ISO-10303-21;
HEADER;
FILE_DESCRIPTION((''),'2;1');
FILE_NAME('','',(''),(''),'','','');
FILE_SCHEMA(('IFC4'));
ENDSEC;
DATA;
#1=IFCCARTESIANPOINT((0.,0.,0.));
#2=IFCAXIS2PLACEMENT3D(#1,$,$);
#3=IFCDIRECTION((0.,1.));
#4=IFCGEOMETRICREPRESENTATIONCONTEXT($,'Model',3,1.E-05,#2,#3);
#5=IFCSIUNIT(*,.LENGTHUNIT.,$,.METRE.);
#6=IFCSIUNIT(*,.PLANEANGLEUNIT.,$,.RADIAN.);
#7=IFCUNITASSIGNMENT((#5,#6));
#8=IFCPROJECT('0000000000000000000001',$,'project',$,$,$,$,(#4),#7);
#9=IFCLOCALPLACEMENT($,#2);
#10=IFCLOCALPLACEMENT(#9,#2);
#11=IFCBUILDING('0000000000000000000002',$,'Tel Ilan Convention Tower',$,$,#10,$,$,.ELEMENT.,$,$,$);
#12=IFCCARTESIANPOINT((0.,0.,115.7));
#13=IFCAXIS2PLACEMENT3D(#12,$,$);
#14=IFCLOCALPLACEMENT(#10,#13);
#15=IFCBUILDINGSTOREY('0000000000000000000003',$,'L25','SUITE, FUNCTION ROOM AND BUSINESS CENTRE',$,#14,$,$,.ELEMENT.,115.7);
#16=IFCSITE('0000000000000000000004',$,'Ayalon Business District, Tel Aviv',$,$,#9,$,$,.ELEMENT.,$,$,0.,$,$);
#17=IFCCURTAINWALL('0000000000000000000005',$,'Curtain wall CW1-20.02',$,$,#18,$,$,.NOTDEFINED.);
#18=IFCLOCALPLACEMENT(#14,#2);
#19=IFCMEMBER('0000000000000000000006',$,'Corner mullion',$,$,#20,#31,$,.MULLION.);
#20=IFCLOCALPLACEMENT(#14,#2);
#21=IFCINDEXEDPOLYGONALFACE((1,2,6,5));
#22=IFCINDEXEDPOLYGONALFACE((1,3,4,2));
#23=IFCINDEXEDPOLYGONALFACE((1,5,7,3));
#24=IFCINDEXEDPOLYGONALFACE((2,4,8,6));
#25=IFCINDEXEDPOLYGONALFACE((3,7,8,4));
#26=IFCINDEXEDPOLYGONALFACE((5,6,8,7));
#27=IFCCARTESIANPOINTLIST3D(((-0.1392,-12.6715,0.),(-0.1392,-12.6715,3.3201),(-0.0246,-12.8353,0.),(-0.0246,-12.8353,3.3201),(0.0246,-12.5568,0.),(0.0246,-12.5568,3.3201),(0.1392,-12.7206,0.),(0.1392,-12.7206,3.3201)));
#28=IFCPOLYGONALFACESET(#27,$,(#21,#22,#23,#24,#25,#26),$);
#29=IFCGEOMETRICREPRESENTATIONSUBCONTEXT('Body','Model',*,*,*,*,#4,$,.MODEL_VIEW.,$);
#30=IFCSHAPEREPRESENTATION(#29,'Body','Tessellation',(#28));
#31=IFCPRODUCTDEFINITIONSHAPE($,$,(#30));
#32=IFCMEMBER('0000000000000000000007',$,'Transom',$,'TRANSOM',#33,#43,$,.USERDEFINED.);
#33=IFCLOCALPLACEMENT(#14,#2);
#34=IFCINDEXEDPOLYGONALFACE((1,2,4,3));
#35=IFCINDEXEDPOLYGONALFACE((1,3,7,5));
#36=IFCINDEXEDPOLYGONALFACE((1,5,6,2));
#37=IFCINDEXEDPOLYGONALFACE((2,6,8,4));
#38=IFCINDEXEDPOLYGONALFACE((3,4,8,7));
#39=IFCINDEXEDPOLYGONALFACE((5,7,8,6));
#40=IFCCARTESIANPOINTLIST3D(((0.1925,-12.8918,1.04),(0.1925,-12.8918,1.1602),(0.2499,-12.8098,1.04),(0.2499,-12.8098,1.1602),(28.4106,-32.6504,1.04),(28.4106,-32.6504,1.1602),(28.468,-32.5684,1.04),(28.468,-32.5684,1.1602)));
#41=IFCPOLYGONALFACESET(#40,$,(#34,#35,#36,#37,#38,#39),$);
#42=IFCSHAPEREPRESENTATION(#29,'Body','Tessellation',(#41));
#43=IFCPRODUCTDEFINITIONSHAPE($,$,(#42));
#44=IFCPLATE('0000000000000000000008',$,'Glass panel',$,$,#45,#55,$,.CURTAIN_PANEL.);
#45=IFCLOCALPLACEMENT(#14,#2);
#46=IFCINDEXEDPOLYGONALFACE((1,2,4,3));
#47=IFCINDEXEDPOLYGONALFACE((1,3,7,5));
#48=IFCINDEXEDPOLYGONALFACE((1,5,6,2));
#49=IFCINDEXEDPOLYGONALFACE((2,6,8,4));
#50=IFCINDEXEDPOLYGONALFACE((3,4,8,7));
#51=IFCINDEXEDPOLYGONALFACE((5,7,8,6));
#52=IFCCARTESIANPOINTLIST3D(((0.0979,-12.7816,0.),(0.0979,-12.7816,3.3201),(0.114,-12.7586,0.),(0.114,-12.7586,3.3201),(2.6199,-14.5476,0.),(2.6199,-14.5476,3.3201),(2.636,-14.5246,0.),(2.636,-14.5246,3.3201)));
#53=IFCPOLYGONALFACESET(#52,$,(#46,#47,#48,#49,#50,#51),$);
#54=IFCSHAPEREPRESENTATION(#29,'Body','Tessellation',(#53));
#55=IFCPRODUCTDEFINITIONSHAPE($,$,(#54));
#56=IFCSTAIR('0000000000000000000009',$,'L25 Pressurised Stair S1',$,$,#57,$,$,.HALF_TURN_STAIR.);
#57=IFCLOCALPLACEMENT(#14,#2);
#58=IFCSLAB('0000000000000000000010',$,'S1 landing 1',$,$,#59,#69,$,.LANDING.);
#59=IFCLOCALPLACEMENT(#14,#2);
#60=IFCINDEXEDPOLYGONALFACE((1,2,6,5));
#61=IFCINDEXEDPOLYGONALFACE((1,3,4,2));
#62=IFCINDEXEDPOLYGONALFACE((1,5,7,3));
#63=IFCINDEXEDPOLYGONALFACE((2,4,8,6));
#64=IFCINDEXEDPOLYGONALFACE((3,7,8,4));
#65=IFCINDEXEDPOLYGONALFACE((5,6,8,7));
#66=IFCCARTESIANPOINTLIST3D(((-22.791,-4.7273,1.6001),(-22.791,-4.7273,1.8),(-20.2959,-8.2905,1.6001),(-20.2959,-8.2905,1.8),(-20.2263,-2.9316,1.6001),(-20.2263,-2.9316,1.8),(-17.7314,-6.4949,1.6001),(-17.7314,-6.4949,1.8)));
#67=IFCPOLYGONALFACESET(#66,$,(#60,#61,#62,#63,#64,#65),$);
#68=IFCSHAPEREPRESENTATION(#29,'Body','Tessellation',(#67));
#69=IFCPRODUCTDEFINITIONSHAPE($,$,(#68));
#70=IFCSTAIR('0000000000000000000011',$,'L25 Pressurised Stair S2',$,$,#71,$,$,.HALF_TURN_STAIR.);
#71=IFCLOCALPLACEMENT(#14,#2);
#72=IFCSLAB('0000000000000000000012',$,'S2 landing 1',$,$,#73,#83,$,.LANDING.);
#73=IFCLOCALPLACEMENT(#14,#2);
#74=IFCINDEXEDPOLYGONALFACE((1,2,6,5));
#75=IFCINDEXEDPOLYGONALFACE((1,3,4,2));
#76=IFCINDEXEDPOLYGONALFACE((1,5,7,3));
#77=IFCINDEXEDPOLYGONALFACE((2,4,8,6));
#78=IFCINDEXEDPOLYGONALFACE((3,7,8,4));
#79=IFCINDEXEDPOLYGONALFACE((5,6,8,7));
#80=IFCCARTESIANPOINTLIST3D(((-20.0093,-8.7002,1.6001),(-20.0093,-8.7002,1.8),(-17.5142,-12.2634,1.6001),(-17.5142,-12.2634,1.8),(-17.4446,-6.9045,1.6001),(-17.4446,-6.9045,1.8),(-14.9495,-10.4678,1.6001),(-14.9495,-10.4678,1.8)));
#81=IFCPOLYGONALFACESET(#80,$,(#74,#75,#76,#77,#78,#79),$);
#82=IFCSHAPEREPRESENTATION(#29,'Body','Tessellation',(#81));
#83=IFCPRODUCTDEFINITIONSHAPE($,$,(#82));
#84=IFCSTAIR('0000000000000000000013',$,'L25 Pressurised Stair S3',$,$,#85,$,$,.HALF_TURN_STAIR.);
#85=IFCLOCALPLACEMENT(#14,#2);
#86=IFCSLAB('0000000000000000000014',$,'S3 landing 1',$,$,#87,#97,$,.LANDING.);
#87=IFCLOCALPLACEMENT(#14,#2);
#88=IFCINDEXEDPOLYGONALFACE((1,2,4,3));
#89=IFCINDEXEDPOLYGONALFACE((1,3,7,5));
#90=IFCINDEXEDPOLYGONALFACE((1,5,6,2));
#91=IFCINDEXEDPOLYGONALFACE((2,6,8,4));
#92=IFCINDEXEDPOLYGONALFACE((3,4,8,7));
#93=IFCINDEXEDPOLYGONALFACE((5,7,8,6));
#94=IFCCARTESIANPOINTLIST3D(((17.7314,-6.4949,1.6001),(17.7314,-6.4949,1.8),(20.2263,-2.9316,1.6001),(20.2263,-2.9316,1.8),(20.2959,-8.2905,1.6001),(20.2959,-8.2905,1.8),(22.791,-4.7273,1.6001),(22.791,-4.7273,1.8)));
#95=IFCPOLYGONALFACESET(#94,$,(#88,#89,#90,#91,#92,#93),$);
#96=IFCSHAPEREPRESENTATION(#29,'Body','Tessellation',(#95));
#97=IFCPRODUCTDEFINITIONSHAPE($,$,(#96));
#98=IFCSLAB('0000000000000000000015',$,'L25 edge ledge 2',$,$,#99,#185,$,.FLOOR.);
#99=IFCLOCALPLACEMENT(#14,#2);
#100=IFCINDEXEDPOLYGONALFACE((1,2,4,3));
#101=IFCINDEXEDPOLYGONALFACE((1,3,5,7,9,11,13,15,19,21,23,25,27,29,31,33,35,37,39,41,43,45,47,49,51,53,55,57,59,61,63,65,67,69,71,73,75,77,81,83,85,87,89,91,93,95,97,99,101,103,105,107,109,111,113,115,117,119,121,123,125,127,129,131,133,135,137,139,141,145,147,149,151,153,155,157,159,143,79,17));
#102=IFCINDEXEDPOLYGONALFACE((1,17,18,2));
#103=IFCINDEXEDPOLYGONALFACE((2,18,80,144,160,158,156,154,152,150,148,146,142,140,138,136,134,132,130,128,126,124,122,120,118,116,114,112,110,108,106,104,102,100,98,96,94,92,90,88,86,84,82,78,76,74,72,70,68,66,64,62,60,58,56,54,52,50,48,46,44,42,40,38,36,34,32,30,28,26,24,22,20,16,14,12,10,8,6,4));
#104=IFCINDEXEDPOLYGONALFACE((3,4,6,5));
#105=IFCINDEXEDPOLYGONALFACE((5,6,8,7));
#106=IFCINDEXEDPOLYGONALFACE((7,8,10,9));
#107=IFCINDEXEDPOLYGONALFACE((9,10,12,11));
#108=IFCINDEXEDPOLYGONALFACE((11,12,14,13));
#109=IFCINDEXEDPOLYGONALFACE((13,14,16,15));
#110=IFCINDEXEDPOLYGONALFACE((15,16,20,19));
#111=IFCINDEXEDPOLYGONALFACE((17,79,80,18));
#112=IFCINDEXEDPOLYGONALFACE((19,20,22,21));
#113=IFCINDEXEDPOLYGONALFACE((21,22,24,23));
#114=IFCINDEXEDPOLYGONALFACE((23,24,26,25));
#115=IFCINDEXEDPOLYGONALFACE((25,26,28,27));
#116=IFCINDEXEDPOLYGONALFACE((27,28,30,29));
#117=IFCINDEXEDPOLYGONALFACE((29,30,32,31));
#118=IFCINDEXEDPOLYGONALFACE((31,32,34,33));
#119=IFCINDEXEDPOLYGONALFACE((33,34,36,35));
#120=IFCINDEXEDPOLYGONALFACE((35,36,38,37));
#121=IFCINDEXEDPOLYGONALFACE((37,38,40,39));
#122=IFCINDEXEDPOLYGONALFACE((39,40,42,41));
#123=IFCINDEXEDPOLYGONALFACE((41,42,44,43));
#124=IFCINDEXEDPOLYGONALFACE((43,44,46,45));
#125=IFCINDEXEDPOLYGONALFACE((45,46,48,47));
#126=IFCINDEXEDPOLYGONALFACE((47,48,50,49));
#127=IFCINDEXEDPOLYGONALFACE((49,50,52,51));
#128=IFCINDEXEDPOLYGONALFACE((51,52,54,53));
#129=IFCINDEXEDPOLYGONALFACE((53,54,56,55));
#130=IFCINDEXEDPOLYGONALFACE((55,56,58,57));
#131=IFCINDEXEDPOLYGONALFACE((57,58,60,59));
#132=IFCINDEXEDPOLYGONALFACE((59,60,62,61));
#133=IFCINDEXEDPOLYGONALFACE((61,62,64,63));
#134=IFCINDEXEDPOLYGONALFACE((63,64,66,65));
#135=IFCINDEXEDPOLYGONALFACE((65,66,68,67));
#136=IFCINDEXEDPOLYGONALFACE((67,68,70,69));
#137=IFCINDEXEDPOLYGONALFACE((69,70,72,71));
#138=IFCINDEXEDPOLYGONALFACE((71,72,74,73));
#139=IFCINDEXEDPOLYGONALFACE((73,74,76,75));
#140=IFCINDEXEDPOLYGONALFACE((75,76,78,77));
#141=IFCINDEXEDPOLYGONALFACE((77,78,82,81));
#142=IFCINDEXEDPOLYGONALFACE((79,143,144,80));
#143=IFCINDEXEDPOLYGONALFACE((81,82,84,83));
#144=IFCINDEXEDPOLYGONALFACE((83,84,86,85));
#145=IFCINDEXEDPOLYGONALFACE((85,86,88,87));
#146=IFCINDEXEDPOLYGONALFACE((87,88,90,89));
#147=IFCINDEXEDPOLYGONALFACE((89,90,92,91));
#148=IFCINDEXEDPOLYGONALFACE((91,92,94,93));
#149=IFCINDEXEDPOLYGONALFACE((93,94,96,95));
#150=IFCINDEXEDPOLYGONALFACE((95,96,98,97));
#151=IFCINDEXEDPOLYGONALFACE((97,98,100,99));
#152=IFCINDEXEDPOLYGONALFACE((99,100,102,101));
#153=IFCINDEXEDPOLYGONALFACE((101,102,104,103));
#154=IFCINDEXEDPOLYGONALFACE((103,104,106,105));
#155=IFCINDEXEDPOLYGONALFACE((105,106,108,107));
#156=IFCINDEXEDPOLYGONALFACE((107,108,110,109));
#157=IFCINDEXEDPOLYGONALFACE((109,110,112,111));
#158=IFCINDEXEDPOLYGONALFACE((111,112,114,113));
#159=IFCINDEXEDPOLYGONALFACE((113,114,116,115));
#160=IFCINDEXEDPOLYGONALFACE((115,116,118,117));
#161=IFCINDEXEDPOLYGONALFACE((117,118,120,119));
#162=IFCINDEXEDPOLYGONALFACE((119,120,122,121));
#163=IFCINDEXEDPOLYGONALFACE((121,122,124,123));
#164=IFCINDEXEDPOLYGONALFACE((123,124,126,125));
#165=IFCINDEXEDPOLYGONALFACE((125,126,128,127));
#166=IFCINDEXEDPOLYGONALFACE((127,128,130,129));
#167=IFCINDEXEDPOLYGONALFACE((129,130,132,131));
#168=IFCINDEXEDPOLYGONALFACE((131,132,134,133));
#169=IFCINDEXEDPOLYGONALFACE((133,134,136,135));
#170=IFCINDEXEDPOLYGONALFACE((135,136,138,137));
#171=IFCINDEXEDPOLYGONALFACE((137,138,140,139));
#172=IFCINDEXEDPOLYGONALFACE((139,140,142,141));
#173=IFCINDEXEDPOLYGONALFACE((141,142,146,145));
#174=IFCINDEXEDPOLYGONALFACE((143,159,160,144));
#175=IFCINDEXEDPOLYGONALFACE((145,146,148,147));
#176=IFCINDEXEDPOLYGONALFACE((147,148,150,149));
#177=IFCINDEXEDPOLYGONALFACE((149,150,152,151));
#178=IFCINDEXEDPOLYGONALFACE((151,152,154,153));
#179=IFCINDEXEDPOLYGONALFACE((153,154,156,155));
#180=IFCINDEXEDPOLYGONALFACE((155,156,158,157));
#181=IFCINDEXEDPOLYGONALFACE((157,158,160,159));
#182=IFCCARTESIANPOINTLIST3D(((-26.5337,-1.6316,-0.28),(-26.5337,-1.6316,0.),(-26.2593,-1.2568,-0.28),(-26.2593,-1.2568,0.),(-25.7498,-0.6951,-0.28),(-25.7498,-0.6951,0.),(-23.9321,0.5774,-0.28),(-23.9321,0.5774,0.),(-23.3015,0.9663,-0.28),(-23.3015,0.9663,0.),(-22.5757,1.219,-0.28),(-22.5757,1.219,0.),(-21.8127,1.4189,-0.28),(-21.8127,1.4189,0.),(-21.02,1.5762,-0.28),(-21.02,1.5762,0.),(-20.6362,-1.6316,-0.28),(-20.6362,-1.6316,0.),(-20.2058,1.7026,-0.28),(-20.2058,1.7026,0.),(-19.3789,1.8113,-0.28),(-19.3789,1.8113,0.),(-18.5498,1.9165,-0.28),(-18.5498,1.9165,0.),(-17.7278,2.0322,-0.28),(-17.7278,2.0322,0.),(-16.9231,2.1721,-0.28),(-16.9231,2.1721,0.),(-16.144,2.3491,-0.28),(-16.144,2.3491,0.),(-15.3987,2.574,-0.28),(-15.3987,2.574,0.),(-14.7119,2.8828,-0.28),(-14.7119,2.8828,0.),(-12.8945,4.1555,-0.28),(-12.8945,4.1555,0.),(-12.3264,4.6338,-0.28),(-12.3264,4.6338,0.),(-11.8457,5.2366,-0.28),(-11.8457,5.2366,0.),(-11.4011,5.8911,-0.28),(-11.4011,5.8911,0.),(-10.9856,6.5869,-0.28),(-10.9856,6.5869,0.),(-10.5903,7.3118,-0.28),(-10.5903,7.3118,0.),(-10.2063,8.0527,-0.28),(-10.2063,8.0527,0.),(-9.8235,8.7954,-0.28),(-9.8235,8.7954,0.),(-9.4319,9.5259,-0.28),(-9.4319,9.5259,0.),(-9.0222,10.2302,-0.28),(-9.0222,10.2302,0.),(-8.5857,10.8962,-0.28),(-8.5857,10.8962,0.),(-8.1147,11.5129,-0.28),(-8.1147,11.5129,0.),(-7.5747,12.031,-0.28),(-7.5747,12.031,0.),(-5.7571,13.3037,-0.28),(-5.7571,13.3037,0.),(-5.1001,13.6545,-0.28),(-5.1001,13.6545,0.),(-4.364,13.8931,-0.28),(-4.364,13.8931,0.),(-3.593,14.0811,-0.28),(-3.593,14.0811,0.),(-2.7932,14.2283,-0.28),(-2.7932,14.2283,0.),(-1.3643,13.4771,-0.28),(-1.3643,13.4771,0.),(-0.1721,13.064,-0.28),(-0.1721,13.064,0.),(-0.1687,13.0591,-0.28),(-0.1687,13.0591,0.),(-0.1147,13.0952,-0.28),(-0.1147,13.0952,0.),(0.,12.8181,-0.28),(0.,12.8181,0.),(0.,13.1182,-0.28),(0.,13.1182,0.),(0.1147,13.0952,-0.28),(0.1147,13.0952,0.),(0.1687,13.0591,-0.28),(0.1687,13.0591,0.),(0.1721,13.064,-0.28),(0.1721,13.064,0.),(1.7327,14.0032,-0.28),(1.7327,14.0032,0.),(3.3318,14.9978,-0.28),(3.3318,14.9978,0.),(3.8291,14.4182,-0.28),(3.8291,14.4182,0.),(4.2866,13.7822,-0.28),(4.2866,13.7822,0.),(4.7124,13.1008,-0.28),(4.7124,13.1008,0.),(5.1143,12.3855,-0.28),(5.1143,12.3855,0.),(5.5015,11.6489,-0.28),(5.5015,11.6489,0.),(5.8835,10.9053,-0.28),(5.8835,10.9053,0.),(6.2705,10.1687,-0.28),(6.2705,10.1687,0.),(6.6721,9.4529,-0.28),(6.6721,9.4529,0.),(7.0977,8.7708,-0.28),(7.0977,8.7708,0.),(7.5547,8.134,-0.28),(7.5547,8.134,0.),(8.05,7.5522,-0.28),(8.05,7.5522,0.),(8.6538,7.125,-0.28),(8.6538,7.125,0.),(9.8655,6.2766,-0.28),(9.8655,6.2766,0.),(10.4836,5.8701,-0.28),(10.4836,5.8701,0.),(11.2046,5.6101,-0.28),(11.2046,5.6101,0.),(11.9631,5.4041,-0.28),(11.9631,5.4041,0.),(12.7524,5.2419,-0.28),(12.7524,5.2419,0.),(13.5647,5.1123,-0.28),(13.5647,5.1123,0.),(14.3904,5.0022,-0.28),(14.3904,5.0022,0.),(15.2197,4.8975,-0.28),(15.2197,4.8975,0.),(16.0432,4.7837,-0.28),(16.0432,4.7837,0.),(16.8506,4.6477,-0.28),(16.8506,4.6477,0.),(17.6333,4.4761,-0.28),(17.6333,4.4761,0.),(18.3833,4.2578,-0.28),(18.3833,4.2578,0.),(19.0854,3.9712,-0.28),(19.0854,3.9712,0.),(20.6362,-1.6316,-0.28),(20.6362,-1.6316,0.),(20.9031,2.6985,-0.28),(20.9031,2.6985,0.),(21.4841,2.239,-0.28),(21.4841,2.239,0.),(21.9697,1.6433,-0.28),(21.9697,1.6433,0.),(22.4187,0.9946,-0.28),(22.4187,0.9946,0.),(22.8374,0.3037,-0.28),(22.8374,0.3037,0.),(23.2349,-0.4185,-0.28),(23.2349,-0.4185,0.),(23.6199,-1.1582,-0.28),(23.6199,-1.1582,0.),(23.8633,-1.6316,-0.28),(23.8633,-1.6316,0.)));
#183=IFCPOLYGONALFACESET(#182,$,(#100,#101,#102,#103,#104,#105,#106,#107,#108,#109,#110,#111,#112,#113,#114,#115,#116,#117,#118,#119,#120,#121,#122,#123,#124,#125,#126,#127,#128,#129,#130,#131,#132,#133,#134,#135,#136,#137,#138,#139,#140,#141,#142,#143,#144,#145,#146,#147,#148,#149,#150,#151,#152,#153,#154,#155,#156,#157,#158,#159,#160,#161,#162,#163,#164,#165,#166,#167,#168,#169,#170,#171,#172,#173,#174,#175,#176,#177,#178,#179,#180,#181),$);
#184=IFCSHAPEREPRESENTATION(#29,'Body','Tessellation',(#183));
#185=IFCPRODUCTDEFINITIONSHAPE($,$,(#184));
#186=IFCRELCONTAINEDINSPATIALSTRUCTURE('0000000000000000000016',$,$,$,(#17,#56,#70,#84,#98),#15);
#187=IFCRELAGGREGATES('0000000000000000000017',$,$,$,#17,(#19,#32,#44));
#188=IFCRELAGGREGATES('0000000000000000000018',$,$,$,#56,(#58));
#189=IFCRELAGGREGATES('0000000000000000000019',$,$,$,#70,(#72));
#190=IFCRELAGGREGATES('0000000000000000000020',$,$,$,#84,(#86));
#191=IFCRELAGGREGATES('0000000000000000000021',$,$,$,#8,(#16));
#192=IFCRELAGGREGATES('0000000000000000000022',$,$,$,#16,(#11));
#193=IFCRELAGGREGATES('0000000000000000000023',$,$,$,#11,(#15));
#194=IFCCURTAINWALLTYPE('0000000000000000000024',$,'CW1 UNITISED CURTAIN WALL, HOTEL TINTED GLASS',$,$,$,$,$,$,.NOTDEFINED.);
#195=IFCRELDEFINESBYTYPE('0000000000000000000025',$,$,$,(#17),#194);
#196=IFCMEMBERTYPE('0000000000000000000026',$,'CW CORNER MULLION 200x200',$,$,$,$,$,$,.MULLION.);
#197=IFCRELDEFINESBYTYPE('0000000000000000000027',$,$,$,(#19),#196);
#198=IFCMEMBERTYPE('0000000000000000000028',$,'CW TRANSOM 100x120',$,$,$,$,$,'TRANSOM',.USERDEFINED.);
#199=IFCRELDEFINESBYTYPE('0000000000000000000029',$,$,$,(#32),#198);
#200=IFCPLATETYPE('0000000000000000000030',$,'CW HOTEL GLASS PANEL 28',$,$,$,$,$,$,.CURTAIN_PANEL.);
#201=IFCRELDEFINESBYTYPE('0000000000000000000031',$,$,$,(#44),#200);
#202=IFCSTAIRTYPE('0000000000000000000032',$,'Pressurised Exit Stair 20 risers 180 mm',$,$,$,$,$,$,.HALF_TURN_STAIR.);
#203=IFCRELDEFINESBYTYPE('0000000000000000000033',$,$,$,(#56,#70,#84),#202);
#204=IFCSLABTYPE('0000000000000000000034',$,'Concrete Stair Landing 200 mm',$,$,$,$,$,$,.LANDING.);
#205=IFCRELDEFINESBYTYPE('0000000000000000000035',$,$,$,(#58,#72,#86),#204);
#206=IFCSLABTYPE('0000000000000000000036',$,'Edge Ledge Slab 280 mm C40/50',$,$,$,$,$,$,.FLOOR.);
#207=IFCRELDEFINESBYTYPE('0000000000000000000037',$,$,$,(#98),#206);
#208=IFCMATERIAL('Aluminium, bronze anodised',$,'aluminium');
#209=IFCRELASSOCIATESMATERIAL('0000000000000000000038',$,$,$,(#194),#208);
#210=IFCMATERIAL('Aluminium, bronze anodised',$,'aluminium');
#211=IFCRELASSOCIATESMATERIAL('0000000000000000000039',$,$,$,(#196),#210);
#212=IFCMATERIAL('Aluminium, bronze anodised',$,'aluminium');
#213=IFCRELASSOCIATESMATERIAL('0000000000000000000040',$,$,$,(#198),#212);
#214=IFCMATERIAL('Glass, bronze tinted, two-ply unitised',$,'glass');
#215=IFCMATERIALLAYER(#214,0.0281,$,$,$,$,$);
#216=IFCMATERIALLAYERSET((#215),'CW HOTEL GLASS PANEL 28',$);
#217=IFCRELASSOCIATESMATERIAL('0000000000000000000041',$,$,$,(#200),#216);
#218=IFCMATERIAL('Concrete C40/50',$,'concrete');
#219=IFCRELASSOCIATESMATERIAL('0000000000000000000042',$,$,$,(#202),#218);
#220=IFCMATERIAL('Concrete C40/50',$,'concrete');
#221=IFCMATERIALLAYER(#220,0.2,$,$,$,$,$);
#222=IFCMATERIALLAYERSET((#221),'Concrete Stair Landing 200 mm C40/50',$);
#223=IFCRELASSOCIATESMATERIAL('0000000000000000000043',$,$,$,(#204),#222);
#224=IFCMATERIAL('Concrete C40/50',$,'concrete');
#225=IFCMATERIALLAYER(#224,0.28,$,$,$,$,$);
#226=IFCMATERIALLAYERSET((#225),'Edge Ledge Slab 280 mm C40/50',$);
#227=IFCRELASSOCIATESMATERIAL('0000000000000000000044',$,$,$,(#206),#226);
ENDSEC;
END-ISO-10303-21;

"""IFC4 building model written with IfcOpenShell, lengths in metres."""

from ifc_helpers import new_model, si_unit, direction, frame, origin, origin_2d, place, context, subcontext, project, spatial, polyline, rectangle, outline, extrude, material, layer, layer_set, material_profile, profile_set, type_object, element, aggregate, save


model = new_model("IFC4")

# Units and contexts
model_context = context("Model", 3, precision=1e-05, world=origin(), true_north=direction((0.0, 1.0)))
body_context = subcontext(model_context, "Body", "Model", "MODEL_VIEW")
ifc_project = project(units=[si_unit("LENGTHUNIT", "METRE"), si_unit("PLANEANGLEUNIT", "RADIAN")], contexts=[model_context])

# Site, building, storey
site_placement = place(None, origin())
site = spatial("IfcSite", under=ifc_project, at=site_placement, Name="Ayalon Business District, Tel Aviv", CompositionType="ELEMENT", RefElevation=0.0)
building_placement = place(site_placement, origin())
building = spatial("IfcBuilding", under=site, at=building_placement, Name="Tel Ilan Convention Tower", CompositionType="ELEMENT")
storey_placement = place(building_placement, frame((0.0, 0.0, 115.7)))
storey = spatial("IfcBuildingStorey", under=building, at=storey_placement, Name="L25", Description="SUITE, FUNCTION ROOM AND BUSINESS CENTRE", CompositionType="ELEMENT", Elevation=115.7)

# Curtain wall, members, plate
ifc_material_1 = material(Name="Aluminium, bronze anodised", Category="aluminium")
curtain_wall_type = type_object("IfcCurtainWallType", Name="CW1 UNITISED CURTAIN WALL, HOTEL TINTED GLASS", PredefinedType="NOTDEFINED", material=ifc_material_1)
curtain_wall_placement = place(storey_placement, origin())
curtain_wall = element("IfcCurtainWall", 1, at=curtain_wall_placement, inside=storey, type_object=curtain_wall_type, Name="Curtain wall CW1-20.02", PredefinedType="NOTDEFINED")
ifc_material_2 = material(Name="Aluminium, bronze anodised", Category="aluminium")
ifc_material_profile_1 = material_profile(ifc_material_2, rectangle(XDim=0.2, YDim=0.2, at=origin_2d()), Name="CW CORNER MULLION 200x200")
ifc_profile_set_1 = profile_set([ifc_material_profile_1], Name="Aluminium, bronze anodised")
member_type_1 = type_object("IfcMemberType", Name="CW CORNER MULLION 200x200", PredefinedType="MULLION", material=ifc_profile_set_1)
member_1_placement = place(storey_placement, frame((0.0, -12.696, 0.0), z_axis=(0.0, 0.0, 1.0), x_axis=(0.819152, 0.573576, 0.0)))
member_1 = element("IfcMember", 2, at=member_1_placement, type_object=member_type_1, Name="Corner mullion", PredefinedType="MULLION", context=body_context, shape_type="SweptSolid", body=[
    extrude(rectangle(XDim=0.2, YDim=0.2, at=origin_2d()), origin(), (0.0, 0.0, 1.0), 3.3201),
])
ifc_material_3 = material(Name="Aluminium, bronze anodised", Category="aluminium")
ifc_material_profile_2 = material_profile(ifc_material_3, rectangle(XDim=0.1001, YDim=0.1201, at=origin_2d()), Name="CW TRANSOM 100x120")
ifc_profile_set_2 = profile_set([ifc_material_profile_2], Name="Aluminium, bronze anodised")
member_type_2 = type_object("IfcMemberType", Name="CW TRANSOM 100x120", ElementType="TRANSOM", PredefinedType="USERDEFINED", material=ifc_profile_set_2)
member_2_placement = place(storey_placement, frame((0.2212, -12.8508, 1.1001), z_axis=(0.819151, -0.573578, 0.0), x_axis=(0.573578, 0.819151, 0.0)))
member_2 = element("IfcMember", 3, at=member_2_placement, type_object=member_type_2, Name="Transom", ObjectType="TRANSOM", PredefinedType="USERDEFINED", context=body_context, shape_type="SweptSolid", body=[
    extrude(rectangle(XDim=0.1001, YDim=0.1201, at=origin_2d()), origin(), (0.0, 0.0, 1.0), 34.448),
])
ifc_material_4 = material(Name="Glass, bronze tinted, two-ply unitised", Category="glass")
ifc_layer_1 = layer(ifc_material_4, 0.0281)
ifc_layer_set_1 = layer_set([ifc_layer_1], Name="CW HOTEL GLASS PANEL 28")
plate_type = type_object("IfcPlateType", Name="CW HOTEL GLASS PANEL 28", PredefinedType="CURTAIN_PANEL", material=ifc_layer_set_1)
plate_placement = place(storey_placement, frame((1.3669, -13.6531, 0.0), z_axis=(0.0, 0.0, 1.0), x_axis=(0.819152, -0.573576, 0.0)))
plate = element("IfcPlate", 4, at=plate_placement, type_object=plate_type, Name="Glass panel", PredefinedType="CURTAIN_PANEL", context=body_context, shape_type="SweptSolid", body=[
    extrude(rectangle(XDim=3.0789, YDim=0.0281, at=origin_2d()), origin(), (0.0, 0.0, 1.0), 3.3201),
])
aggregate(curtain_wall, [member_1, member_2, plate])

# Stairs, slabs
ifc_material_5 = material(Name="Concrete C40/50", Category="concrete")
stair_type = type_object("IfcStairType", Name="Pressurised Exit Stair 20 risers 180 mm", PredefinedType="HALF_TURN_STAIR", material=ifc_material_5)
stair_1_placement = place(storey_placement, origin())
stair_1 = element("IfcStair", 5, at=stair_1_placement, inside=storey, type_object=stair_type, Name="L25 Pressurised Stair S1", PredefinedType="HALF_TURN_STAIR")
ifc_material_6 = material(Name="Concrete C40/50", Category="concrete")
ifc_layer_2 = layer(ifc_material_6, 0.2)
ifc_layer_set_2 = layer_set([ifc_layer_2], Name="Concrete Stair Landing 200 mm C40/50")
slab_type_1 = type_object("IfcSlabType", Name="Concrete Stair Landing 200 mm", PredefinedType="LANDING", material=ifc_layer_set_2)
slab_1_placement = place(storey_placement, frame((0.0, 0.0, 1.6001)))
slab_1 = element("IfcSlab", 6, at=slab_1_placement, type_object=slab_type_1, Name="S1 landing 1", PredefinedType="LANDING", context=body_context, shape_type="SweptSolid", body=[
    extrude(outline(polyline([(-20.2959, -8.2905), (-17.7314, -6.4949), (-20.2263, -2.9316), (-22.791, -4.7273), (-20.2959, -8.2905)])), origin(), (0.0, 0.0, 1.0), 0.2),
])
aggregate(stair_1, [slab_1])
stair_2_placement = place(storey_placement, origin())
stair_2 = element("IfcStair", 7, at=stair_2_placement, inside=storey, type_object=stair_type, Name="L25 Pressurised Stair S2", PredefinedType="HALF_TURN_STAIR")
slab_2_placement = place(storey_placement, frame((0.0, 0.0, 1.6001)))
slab_2 = element("IfcSlab", 8, at=slab_2_placement, type_object=slab_type_1, Name="S2 landing 1", PredefinedType="LANDING", context=body_context, shape_type="SweptSolid", body=[
    extrude(outline(polyline([(-17.5142, -12.2634), (-14.9495, -10.4678), (-17.4446, -6.9045), (-20.0093, -8.7002), (-17.5142, -12.2634)])), origin(), (0.0, 0.0, 1.0), 0.2),
])
aggregate(stair_2, [slab_2])
stair_3_placement = place(storey_placement, origin())
stair_3 = element("IfcStair", 9, at=stair_3_placement, inside=storey, type_object=stair_type, Name="L25 Pressurised Stair S3", PredefinedType="HALF_TURN_STAIR")
slab_3_placement = place(storey_placement, frame((0.0, 0.0, 1.6001)))
slab_3 = element("IfcSlab", 10, at=slab_3_placement, type_object=slab_type_1, Name="S3 landing 1", PredefinedType="LANDING", context=body_context, shape_type="SweptSolid", body=[
    extrude(outline(polyline([(22.791, -4.7273), (20.2263, -2.9316), (17.7314, -6.4949), (20.2959, -8.2905), (22.791, -4.7273)])), origin(), (0.0, 0.0, 1.0), 0.2),
])
aggregate(stair_3, [slab_3])

# Slab
ifc_material_7 = material(Name="Concrete C40/50", Category="concrete")
ifc_layer_3 = layer(ifc_material_7, 0.28)
ifc_layer_set_3 = layer_set([ifc_layer_3], Name="Edge Ledge Slab 280 mm C40/50")
slab_type_2 = type_object("IfcSlabType", Name="Edge Ledge Slab 280 mm C40/50", PredefinedType="FLOOR", material=ifc_layer_set_3)
slab_4_placement = place(storey_placement, frame((0.0, 0.0, -0.28)))
element("IfcSlab", 11, at=slab_4_placement, inside=storey, type_object=slab_type_2, Name="L25 edge ledge 2", PredefinedType="FLOOR", context=body_context, shape_type="SweptSolid", body=[
    extrude(outline(polyline([(-23.3015, 0.9663), (-22.5757, 1.219), (-21.8127, 1.4189), (-21.02, 1.5762), (-20.2058, 1.7026), (-19.3789, 1.8113), (-18.5498, 1.9165), (-17.7278, 2.0322), (-16.9231, 2.1721), (-16.144, 2.3491), (-15.3987, 2.574), (-14.7119, 2.8828), (-12.8945, 4.1555), (-12.3264, 4.6338), (-11.8457, 5.2366), (-11.4011, 5.8911), (-10.9856, 6.5869), (-10.5903, 7.3118), (-10.2063, 8.0527), (-9.8235, 8.7954), (-9.4319, 9.5259), (-9.0222, 10.2302), (-8.5857, 10.8962), (-8.1147, 11.5129), (-7.5747, 12.031), (-5.7571, 13.3037), (-5.1001, 13.6545), (-4.364, 13.8931), (-3.593, 14.0811), (-2.7932, 14.2283), (-1.3643, 13.4771), (-0.1721, 13.064), (-0.1687, 13.0591), (-0.1147, 13.0952), (0.0, 13.1182), (0.1147, 13.0952), (0.1687, 13.0591), (0.1721, 13.064), (1.7327, 14.0032), (3.3318, 14.9978), (3.8291, 14.4182), (4.2866, 13.7822), (4.7124, 13.1008), (5.1143, 12.3855), (5.5015, 11.6489), (5.8835, 10.9053), (6.2705, 10.1687), (6.6721, 9.4529), (7.0977, 8.7708), (7.5547, 8.134), (8.05, 7.5522), (8.6538, 7.125), (9.8655, 6.2766), (10.4836, 5.8701), (11.2046, 5.6101), (11.9631, 5.4041), (12.7524, 5.2419), (13.5647, 5.1123), (14.3904, 5.0022), (15.2197, 4.8975), (16.0432, 4.7837), (16.8506, 4.6477), (17.6333, 4.4761), (18.3833, 4.2578), (19.0854, 3.9712), (20.9031, 2.6985), (21.4841, 2.239), (21.9697, 1.6433), (22.4187, 0.9946), (22.8374, 0.3037), (23.2349, -0.4185), (23.6199, -1.1582), (23.8633, -1.6316), (20.6362, -1.6316), (0.0, 12.8181), (-20.6362, -1.6316), (-26.5337, -1.6316), (-26.2593, -1.2568), (-25.7498, -0.6951), (-23.9321, 0.5774), (-23.3015, 0.9663)])), origin(), (0.0, 0.0, 1.0), 0.28),
])

save(model, "model.ifc")
